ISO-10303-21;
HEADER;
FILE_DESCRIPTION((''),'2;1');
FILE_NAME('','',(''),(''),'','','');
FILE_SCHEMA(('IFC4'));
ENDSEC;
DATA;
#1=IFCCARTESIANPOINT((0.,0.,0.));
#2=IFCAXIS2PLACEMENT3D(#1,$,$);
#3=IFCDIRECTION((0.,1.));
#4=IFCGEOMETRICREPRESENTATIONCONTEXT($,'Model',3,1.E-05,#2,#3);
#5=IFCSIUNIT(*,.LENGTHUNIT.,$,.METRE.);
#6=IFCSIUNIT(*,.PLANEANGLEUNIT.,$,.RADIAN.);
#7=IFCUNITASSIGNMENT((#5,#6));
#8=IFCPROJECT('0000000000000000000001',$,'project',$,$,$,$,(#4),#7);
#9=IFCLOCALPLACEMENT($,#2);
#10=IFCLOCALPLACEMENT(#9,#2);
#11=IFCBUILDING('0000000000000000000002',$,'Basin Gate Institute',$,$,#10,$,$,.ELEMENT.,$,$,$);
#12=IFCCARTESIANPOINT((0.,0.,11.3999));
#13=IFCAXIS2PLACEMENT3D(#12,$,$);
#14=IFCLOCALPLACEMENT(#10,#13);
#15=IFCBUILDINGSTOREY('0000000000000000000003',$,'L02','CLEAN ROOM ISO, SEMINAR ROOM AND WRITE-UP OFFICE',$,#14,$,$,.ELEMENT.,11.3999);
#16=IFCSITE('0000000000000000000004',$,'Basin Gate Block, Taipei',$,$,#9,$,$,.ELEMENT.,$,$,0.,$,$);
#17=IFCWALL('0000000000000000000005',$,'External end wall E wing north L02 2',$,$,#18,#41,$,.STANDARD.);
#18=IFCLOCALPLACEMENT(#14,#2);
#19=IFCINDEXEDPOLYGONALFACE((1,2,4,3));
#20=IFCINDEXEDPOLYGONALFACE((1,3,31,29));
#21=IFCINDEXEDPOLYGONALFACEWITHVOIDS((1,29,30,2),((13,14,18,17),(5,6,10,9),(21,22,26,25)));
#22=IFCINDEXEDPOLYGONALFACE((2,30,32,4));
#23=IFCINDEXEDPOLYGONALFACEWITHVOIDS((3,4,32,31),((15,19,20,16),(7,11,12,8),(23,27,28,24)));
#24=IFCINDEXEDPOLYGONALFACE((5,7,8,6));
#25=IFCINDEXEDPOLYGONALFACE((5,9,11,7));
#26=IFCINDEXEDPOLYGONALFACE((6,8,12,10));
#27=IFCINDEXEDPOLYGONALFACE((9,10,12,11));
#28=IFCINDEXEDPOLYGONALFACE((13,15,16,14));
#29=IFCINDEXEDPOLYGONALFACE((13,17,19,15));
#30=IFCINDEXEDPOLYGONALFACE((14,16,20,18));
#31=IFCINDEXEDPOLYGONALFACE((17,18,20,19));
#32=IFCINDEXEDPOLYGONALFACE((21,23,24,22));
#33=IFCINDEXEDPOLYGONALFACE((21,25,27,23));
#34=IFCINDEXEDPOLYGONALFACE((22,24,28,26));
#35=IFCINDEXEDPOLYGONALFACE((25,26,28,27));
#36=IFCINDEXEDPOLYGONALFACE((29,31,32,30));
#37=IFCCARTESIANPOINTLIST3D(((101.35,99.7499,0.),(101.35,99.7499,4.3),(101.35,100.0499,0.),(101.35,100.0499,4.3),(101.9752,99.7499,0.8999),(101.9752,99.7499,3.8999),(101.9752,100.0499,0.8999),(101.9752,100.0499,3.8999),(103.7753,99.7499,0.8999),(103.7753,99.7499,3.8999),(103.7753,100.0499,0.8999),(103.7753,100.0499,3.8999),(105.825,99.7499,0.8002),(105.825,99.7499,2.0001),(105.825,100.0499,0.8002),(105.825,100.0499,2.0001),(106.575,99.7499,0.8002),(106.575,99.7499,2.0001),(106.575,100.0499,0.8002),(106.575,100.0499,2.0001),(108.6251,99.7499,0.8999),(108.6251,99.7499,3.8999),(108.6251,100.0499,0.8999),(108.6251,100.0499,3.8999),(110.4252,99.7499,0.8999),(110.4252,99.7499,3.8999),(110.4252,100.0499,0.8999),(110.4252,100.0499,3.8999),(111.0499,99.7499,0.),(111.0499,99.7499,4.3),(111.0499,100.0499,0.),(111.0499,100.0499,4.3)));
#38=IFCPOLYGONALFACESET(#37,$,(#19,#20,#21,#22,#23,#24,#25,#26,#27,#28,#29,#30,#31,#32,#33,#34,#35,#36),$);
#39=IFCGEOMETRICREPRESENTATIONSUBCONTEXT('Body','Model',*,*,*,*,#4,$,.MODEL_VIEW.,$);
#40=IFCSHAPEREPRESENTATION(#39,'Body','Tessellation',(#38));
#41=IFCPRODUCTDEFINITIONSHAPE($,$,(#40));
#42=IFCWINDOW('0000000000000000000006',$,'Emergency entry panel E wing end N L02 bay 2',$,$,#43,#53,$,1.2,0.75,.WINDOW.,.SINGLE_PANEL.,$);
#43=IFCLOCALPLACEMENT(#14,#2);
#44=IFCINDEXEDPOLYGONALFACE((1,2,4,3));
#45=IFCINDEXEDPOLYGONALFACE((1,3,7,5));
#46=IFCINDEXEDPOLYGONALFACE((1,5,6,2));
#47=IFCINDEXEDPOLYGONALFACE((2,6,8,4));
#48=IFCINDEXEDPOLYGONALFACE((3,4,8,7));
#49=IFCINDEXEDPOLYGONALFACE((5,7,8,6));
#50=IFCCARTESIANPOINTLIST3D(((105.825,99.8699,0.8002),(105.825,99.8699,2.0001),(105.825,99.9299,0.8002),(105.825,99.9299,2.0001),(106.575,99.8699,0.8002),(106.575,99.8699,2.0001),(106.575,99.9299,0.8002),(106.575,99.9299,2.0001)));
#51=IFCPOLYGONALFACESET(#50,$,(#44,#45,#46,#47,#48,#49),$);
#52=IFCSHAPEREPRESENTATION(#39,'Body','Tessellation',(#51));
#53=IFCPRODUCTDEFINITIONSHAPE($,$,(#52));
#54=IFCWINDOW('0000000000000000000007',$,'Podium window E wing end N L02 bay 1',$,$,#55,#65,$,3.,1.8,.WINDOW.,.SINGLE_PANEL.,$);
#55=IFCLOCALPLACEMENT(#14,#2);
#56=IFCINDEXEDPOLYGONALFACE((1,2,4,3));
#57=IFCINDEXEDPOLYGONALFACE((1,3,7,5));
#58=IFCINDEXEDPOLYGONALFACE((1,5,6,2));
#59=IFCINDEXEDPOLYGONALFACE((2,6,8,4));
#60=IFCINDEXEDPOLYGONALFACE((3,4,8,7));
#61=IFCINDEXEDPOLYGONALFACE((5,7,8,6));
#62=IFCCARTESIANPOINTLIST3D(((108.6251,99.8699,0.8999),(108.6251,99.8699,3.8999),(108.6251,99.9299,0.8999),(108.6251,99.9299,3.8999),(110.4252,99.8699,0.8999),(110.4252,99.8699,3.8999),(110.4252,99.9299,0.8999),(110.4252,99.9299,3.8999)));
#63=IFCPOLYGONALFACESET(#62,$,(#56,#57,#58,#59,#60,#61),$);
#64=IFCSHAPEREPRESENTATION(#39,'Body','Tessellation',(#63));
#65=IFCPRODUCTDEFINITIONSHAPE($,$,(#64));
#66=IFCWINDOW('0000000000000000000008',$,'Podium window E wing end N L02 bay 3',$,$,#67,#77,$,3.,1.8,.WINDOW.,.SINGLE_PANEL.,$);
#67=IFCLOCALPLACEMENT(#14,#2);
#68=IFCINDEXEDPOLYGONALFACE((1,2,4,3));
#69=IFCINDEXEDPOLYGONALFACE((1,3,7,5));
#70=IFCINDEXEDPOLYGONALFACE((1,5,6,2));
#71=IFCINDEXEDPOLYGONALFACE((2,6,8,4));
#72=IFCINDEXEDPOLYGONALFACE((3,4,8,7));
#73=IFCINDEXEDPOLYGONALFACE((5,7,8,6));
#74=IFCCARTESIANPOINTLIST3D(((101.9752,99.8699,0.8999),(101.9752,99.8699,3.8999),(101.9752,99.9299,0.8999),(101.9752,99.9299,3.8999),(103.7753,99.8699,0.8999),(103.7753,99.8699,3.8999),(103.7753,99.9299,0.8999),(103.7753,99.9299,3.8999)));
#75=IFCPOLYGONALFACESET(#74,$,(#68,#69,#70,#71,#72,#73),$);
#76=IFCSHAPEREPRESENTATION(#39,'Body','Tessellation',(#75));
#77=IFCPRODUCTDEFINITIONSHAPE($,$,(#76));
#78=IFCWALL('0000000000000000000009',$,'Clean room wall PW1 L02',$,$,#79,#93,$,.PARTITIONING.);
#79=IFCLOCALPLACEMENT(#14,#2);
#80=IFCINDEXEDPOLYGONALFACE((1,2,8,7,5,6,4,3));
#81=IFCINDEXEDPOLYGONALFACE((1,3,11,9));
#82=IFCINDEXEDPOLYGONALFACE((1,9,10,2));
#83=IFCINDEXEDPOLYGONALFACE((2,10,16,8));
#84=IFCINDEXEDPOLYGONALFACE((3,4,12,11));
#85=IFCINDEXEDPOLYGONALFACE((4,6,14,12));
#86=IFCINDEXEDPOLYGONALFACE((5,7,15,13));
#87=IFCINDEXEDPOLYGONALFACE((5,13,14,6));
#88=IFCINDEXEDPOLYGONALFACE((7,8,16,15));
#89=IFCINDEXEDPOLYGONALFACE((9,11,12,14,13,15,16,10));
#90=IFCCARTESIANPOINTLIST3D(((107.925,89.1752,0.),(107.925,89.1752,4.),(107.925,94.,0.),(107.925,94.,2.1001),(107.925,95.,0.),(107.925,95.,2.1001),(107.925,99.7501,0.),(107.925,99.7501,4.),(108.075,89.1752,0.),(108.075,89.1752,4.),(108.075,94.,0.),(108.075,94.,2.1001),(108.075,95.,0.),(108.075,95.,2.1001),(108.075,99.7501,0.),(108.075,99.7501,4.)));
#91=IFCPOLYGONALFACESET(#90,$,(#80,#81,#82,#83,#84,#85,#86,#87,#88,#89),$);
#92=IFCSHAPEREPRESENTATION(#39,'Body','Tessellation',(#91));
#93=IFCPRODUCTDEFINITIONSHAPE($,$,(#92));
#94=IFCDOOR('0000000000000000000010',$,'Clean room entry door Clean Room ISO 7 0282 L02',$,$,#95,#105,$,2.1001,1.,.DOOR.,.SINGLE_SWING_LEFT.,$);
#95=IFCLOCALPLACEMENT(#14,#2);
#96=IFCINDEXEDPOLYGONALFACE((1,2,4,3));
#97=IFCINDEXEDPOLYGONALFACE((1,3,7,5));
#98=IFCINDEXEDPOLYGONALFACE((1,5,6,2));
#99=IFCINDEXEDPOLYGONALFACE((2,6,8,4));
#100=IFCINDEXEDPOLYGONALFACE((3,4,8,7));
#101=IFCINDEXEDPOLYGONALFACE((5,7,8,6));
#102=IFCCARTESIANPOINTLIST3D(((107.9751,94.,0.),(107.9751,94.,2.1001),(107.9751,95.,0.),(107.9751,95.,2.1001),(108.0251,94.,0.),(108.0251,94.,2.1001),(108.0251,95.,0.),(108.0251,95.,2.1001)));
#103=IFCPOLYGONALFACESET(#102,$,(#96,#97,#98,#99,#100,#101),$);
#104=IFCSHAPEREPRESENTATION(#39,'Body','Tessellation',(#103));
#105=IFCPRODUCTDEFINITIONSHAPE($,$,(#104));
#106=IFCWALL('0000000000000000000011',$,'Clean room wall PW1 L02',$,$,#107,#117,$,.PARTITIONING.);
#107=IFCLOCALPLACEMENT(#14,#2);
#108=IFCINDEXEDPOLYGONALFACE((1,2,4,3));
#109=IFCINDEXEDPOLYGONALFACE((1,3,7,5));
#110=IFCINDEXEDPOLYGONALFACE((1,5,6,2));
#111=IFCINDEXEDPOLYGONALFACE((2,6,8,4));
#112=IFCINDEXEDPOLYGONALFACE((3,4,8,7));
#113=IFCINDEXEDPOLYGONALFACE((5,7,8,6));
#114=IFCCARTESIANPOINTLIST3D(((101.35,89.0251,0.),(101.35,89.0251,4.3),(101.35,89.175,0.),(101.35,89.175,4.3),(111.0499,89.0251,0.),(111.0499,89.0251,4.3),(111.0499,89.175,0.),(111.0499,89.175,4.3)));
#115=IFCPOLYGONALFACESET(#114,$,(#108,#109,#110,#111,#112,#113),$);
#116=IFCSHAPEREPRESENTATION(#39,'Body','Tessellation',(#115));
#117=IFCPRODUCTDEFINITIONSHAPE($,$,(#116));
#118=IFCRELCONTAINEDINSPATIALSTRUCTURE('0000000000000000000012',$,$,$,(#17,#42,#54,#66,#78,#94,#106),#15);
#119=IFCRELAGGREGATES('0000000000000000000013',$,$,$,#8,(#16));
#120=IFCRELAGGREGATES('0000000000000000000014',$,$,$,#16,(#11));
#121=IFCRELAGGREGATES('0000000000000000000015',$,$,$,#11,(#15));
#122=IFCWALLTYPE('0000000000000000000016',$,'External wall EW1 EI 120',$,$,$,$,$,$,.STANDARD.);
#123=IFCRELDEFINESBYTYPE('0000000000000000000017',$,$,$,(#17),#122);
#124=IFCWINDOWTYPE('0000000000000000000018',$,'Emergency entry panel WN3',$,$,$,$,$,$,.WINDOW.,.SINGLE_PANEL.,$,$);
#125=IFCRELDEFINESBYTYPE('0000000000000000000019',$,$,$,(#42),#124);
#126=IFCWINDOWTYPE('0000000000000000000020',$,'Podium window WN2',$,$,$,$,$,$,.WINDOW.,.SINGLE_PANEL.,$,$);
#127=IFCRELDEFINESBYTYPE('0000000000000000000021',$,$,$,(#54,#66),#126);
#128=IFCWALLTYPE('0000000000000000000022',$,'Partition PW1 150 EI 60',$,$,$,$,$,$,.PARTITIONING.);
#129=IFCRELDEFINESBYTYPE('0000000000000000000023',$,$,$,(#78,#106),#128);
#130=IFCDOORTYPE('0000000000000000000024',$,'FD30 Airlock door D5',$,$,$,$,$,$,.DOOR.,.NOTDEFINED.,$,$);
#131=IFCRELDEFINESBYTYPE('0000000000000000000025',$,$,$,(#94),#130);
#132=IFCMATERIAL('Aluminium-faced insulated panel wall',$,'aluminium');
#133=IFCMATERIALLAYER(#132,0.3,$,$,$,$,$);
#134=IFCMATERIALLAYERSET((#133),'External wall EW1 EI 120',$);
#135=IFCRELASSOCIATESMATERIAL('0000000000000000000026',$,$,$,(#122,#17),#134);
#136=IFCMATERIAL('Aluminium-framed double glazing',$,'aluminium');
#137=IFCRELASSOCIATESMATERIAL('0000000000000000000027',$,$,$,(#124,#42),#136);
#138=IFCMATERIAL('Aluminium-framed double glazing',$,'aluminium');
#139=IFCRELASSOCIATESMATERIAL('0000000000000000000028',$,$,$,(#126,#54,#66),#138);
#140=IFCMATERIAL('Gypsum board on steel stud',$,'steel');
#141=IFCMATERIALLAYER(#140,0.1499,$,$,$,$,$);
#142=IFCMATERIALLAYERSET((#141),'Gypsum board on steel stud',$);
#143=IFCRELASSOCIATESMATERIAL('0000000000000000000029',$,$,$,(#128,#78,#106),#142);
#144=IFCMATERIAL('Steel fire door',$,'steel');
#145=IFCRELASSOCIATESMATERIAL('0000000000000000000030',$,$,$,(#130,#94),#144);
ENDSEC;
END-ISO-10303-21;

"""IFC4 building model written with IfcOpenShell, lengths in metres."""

from ifc_helpers import new_model, si_unit, direction, frame, frame_2d, origin, place, context, subcontext, project, spatial, rectangle, extrude, material, layer, layer_set, type_object, element, fill, save


model = new_model("IFC4")

# Units and contexts
model_context = context("Model", 3, precision=1e-05, world=origin(), true_north=direction((0.0, 1.0)))
body_context = subcontext(model_context, "Body", "Model", "MODEL_VIEW")
ifc_project = project(units=[si_unit("LENGTHUNIT", "METRE"), si_unit("PLANEANGLEUNIT", "RADIAN")], contexts=[model_context])

# Site, building, storey
site_placement = place(None, origin())
site = spatial("IfcSite", under=ifc_project, at=site_placement, Name="Basin Gate Block, Taipei", CompositionType="ELEMENT", RefElevation=0.0)
building_placement = place(site_placement, origin())
building = spatial("IfcBuilding", under=site, at=building_placement, Name="Basin Gate Institute", CompositionType="ELEMENT")
storey_placement = place(building_placement, frame((0.0, 0.0, 11.3999)))
storey = spatial("IfcBuildingStorey", under=building, at=storey_placement, Name="L02", Description="CLEAN ROOM ISO, SEMINAR ROOM AND WRITE-UP OFFICE", CompositionType="ELEMENT", Elevation=11.3999)

# Wall, openings, windows
ifc_material_1 = material(Name="Aluminium-faced insulated panel wall", Category="aluminium")
ifc_layer_1 = layer(ifc_material_1, 0.3)
ifc_layer_set_1 = layer_set([ifc_layer_1], Name="External wall EW1 EI 120")
wall_type_1 = type_object("IfcWallType", Name="External wall EW1 EI 120", PredefinedType="STANDARD", material=ifc_layer_set_1)
wall_1_placement = place(storey_placement, frame((111.05, 99.8999, 0.0), z_axis=(0.0, 0.0, 1.0), x_axis=(-1.0, 0.0, 0.0)))
wall_1 = element("IfcWall", 1, at=wall_1_placement, inside=storey, type_object=wall_type_1, material=ifc_layer_set_1, Name="External end wall E wing north L02 2", PredefinedType="STANDARD", context=body_context, shape_type="SweptSolid", body=[
    extrude(rectangle(XDim=9.7, YDim=0.3, at=frame_2d((4.8501, 0.0))), origin(), (0.0, 0.0, 1.0), 4.3),
])
opening_1_placement = place(wall_1_placement, frame((0.625, 0.0, 0.8999)))
opening_1 = element("IfcOpeningElement", 2, at=opening_1_placement, cuts=wall_1, PredefinedType="OPENING", context=body_context, shape_type="SweptSolid", body=[
    extrude(rectangle(XDim=1.8, YDim=3.0, at=frame_2d((0.8999, 1.5))), frame((0.0, 0.1602, 0.0), z_axis=(0.0, -1.0, 0.0), x_axis=(1.0, 0.0, 0.0)), (0.0, 0.0, 1.0), 0.3201),
])
opening_2_placement = place(wall_1_placement, frame((4.4751, 0.0, 0.8)))
opening_2 = element("IfcOpeningElement", 3, at=opening_2_placement, cuts=wall_1, PredefinedType="OPENING", context=body_context, shape_type="SweptSolid", body=[
    extrude(rectangle(XDim=0.75, YDim=1.2, at=frame_2d((0.375, 0.6001))), frame((0.0, 0.1602, 0.0), z_axis=(0.0, -1.0, 0.0), x_axis=(1.0, 0.0, 0.0)), (0.0, 0.0, 1.0), 0.3201),
])
opening_3_placement = place(wall_1_placement, frame((7.2749, 0.0, 0.8999)))
opening_3 = element("IfcOpeningElement", 4, at=opening_3_placement, cuts=wall_1, PredefinedType="OPENING", context=body_context, shape_type="SweptSolid", body=[
    extrude(rectangle(XDim=1.8, YDim=3.0, at=frame_2d((0.8999, 1.5))), frame((0.0, 0.1602, 0.0), z_axis=(0.0, -1.0, 0.0), x_axis=(1.0, 0.0, 0.0)), (0.0, 0.0, 1.0), 0.3201),
])
ifc_material_2 = material(Name="Aluminium-framed double glazing", Category="aluminium")
window_type_1 = type_object("IfcWindowType", Name="Emergency entry panel WN3", PartitioningType="SINGLE_PANEL", PredefinedType="WINDOW", material=ifc_material_2)
window_1_placement = place(opening_2_placement, origin())
window_1 = element("IfcWindow", 5, at=window_1_placement, inside=storey, type_object=window_type_1, material=ifc_material_2, Name="Emergency entry panel E wing end N L02 bay 2", OverallHeight=1.2, OverallWidth=0.75, PartitioningType="SINGLE_PANEL", PredefinedType="WINDOW", context=body_context, shape_type="SweptSolid", body=[
    extrude(rectangle(XDim=0.75, YDim=1.2, at=frame_2d((0.375, 0.6001))), frame((0.0, 0.03, 0.0), z_axis=(0.0, -1.0, 0.0), x_axis=(1.0, 0.0, 0.0)), (0.0, 0.0, 1.0), 0.0601),
])
fill(opening_2, window_1)
ifc_material_3 = material(Name="Aluminium-framed double glazing", Category="aluminium")
window_type_2 = type_object("IfcWindowType", Name="Podium window WN2", PartitioningType="SINGLE_PANEL", PredefinedType="WINDOW", material=ifc_material_3)
window_2_placement = place(opening_1_placement, origin())
window_2 = element("IfcWindow", 6, at=window_2_placement, inside=storey, type_object=window_type_2, material=ifc_material_3, Name="Podium window E wing end N L02 bay 1", OverallHeight=3.0, OverallWidth=1.8, PartitioningType="SINGLE_PANEL", PredefinedType="WINDOW", context=body_context, shape_type="SweptSolid", body=[
    extrude(rectangle(XDim=1.8, YDim=3.0, at=frame_2d((0.8999, 1.5))), frame((0.0, 0.03, 0.0), z_axis=(0.0, -1.0, 0.0), x_axis=(1.0, 0.0, 0.0)), (0.0, 0.0, 1.0), 0.0601),
])
fill(opening_1, window_2)
window_3_placement = place(opening_3_placement, origin())
window_3 = element("IfcWindow", 7, at=window_3_placement, inside=storey, type_object=window_type_2, material=ifc_material_3, Name="Podium window E wing end N L02 bay 3", OverallHeight=3.0, OverallWidth=1.8, PartitioningType="SINGLE_PANEL", PredefinedType="WINDOW", context=body_context, shape_type="SweptSolid", body=[
    extrude(rectangle(XDim=1.8, YDim=3.0, at=frame_2d((0.8999, 1.5))), frame((0.0, 0.03, 0.0), z_axis=(0.0, -1.0, 0.0), x_axis=(1.0, 0.0, 0.0)), (0.0, 0.0, 1.0), 0.0601),
])
fill(opening_3, window_3)

# Wall, opening, door
ifc_material_4 = material(Name="Gypsum board on steel stud", Category="steel")
ifc_layer_2 = layer(ifc_material_4, 0.1499)
ifc_layer_set_2 = layer_set([ifc_layer_2], Name="Gypsum board on steel stud")
wall_type_2 = type_object("IfcWallType", Name="Partition PW1 150 EI 60", PredefinedType="PARTITIONING", material=ifc_layer_set_2)
wall_2_placement = place(storey_placement, frame((108.0, 89.175, 0.0), z_axis=(0.0, 0.0, 1.0), x_axis=(0.0, 1.0, 0.0)))
wall_2 = element("IfcWall", 8, at=wall_2_placement, inside=storey, type_object=wall_type_2, material=ifc_layer_set_2, Name="Clean room wall PW1 L02", PredefinedType="PARTITIONING", context=body_context, shape_type="SweptSolid", body=[
    extrude(rectangle(XDim=10.575, YDim=0.1499, at=frame_2d((5.2876, 0.0))), origin(), (0.0, 0.0, 1.0), 4.0),
])
opening_4_placement = place(wall_2_placement, frame((4.825, 0.0, 0.0)))
opening_4 = element("IfcOpeningElement", 9, at=opening_4_placement, cuts=wall_2, PredefinedType="OPENING", context=body_context, shape_type="SweptSolid", body=[
    extrude(rectangle(XDim=1.0, YDim=2.1001, at=frame_2d((0.5, 1.05))), frame((0.0, 0.085, 0.0), z_axis=(0.0, -1.0, 0.0), x_axis=(1.0, 0.0, 0.0)), (0.0, 0.0, 1.0), 0.1699),
])
ifc_material_5 = material(Name="Steel fire door", Category="steel")
door_type = type_object("IfcDoorType", Name="FD30 Airlock door D5", OperationType="NOTDEFINED", PredefinedType="DOOR", material=ifc_material_5)
door_placement = place(opening_4_placement, origin())
door = element("IfcDoor", 10, at=door_placement, inside=storey, type_object=door_type, material=ifc_material_5, Name="Clean room entry door Clean Room ISO 7 0282 L02", OperationType="SINGLE_SWING_LEFT", OverallHeight=2.1001, OverallWidth=1.0, PredefinedType="DOOR", context=body_context, shape_type="SweptSolid", body=[
    extrude(rectangle(XDim=1.0, YDim=2.1001, at=frame_2d((0.5, 1.05))), frame((0.0, 0.0249, 0.0), z_axis=(0.0, -1.0, 0.0), x_axis=(1.0, 0.0, 0.0)), (0.0, 0.0, 1.0), 0.05),
])
fill(opening_4, door)

# Wall
wall_3_placement = place(storey_placement, frame((111.05, 89.1001, 0.0), z_axis=(0.0, 0.0, 1.0), x_axis=(-1.0, 0.0, 0.0)))
element("IfcWall", 11, at=wall_3_placement, inside=storey, type_object=wall_type_2, material=ifc_layer_set_2, Name="Clean room wall PW1 L02", PredefinedType="PARTITIONING", context=body_context, shape_type="SweptSolid", body=[
    extrude(rectangle(XDim=9.7, YDim=0.1499, at=frame_2d((4.8501, 0.0))), origin(), (0.0, 0.0, 1.0), 4.3),
])

save(model, "model.ifc")
